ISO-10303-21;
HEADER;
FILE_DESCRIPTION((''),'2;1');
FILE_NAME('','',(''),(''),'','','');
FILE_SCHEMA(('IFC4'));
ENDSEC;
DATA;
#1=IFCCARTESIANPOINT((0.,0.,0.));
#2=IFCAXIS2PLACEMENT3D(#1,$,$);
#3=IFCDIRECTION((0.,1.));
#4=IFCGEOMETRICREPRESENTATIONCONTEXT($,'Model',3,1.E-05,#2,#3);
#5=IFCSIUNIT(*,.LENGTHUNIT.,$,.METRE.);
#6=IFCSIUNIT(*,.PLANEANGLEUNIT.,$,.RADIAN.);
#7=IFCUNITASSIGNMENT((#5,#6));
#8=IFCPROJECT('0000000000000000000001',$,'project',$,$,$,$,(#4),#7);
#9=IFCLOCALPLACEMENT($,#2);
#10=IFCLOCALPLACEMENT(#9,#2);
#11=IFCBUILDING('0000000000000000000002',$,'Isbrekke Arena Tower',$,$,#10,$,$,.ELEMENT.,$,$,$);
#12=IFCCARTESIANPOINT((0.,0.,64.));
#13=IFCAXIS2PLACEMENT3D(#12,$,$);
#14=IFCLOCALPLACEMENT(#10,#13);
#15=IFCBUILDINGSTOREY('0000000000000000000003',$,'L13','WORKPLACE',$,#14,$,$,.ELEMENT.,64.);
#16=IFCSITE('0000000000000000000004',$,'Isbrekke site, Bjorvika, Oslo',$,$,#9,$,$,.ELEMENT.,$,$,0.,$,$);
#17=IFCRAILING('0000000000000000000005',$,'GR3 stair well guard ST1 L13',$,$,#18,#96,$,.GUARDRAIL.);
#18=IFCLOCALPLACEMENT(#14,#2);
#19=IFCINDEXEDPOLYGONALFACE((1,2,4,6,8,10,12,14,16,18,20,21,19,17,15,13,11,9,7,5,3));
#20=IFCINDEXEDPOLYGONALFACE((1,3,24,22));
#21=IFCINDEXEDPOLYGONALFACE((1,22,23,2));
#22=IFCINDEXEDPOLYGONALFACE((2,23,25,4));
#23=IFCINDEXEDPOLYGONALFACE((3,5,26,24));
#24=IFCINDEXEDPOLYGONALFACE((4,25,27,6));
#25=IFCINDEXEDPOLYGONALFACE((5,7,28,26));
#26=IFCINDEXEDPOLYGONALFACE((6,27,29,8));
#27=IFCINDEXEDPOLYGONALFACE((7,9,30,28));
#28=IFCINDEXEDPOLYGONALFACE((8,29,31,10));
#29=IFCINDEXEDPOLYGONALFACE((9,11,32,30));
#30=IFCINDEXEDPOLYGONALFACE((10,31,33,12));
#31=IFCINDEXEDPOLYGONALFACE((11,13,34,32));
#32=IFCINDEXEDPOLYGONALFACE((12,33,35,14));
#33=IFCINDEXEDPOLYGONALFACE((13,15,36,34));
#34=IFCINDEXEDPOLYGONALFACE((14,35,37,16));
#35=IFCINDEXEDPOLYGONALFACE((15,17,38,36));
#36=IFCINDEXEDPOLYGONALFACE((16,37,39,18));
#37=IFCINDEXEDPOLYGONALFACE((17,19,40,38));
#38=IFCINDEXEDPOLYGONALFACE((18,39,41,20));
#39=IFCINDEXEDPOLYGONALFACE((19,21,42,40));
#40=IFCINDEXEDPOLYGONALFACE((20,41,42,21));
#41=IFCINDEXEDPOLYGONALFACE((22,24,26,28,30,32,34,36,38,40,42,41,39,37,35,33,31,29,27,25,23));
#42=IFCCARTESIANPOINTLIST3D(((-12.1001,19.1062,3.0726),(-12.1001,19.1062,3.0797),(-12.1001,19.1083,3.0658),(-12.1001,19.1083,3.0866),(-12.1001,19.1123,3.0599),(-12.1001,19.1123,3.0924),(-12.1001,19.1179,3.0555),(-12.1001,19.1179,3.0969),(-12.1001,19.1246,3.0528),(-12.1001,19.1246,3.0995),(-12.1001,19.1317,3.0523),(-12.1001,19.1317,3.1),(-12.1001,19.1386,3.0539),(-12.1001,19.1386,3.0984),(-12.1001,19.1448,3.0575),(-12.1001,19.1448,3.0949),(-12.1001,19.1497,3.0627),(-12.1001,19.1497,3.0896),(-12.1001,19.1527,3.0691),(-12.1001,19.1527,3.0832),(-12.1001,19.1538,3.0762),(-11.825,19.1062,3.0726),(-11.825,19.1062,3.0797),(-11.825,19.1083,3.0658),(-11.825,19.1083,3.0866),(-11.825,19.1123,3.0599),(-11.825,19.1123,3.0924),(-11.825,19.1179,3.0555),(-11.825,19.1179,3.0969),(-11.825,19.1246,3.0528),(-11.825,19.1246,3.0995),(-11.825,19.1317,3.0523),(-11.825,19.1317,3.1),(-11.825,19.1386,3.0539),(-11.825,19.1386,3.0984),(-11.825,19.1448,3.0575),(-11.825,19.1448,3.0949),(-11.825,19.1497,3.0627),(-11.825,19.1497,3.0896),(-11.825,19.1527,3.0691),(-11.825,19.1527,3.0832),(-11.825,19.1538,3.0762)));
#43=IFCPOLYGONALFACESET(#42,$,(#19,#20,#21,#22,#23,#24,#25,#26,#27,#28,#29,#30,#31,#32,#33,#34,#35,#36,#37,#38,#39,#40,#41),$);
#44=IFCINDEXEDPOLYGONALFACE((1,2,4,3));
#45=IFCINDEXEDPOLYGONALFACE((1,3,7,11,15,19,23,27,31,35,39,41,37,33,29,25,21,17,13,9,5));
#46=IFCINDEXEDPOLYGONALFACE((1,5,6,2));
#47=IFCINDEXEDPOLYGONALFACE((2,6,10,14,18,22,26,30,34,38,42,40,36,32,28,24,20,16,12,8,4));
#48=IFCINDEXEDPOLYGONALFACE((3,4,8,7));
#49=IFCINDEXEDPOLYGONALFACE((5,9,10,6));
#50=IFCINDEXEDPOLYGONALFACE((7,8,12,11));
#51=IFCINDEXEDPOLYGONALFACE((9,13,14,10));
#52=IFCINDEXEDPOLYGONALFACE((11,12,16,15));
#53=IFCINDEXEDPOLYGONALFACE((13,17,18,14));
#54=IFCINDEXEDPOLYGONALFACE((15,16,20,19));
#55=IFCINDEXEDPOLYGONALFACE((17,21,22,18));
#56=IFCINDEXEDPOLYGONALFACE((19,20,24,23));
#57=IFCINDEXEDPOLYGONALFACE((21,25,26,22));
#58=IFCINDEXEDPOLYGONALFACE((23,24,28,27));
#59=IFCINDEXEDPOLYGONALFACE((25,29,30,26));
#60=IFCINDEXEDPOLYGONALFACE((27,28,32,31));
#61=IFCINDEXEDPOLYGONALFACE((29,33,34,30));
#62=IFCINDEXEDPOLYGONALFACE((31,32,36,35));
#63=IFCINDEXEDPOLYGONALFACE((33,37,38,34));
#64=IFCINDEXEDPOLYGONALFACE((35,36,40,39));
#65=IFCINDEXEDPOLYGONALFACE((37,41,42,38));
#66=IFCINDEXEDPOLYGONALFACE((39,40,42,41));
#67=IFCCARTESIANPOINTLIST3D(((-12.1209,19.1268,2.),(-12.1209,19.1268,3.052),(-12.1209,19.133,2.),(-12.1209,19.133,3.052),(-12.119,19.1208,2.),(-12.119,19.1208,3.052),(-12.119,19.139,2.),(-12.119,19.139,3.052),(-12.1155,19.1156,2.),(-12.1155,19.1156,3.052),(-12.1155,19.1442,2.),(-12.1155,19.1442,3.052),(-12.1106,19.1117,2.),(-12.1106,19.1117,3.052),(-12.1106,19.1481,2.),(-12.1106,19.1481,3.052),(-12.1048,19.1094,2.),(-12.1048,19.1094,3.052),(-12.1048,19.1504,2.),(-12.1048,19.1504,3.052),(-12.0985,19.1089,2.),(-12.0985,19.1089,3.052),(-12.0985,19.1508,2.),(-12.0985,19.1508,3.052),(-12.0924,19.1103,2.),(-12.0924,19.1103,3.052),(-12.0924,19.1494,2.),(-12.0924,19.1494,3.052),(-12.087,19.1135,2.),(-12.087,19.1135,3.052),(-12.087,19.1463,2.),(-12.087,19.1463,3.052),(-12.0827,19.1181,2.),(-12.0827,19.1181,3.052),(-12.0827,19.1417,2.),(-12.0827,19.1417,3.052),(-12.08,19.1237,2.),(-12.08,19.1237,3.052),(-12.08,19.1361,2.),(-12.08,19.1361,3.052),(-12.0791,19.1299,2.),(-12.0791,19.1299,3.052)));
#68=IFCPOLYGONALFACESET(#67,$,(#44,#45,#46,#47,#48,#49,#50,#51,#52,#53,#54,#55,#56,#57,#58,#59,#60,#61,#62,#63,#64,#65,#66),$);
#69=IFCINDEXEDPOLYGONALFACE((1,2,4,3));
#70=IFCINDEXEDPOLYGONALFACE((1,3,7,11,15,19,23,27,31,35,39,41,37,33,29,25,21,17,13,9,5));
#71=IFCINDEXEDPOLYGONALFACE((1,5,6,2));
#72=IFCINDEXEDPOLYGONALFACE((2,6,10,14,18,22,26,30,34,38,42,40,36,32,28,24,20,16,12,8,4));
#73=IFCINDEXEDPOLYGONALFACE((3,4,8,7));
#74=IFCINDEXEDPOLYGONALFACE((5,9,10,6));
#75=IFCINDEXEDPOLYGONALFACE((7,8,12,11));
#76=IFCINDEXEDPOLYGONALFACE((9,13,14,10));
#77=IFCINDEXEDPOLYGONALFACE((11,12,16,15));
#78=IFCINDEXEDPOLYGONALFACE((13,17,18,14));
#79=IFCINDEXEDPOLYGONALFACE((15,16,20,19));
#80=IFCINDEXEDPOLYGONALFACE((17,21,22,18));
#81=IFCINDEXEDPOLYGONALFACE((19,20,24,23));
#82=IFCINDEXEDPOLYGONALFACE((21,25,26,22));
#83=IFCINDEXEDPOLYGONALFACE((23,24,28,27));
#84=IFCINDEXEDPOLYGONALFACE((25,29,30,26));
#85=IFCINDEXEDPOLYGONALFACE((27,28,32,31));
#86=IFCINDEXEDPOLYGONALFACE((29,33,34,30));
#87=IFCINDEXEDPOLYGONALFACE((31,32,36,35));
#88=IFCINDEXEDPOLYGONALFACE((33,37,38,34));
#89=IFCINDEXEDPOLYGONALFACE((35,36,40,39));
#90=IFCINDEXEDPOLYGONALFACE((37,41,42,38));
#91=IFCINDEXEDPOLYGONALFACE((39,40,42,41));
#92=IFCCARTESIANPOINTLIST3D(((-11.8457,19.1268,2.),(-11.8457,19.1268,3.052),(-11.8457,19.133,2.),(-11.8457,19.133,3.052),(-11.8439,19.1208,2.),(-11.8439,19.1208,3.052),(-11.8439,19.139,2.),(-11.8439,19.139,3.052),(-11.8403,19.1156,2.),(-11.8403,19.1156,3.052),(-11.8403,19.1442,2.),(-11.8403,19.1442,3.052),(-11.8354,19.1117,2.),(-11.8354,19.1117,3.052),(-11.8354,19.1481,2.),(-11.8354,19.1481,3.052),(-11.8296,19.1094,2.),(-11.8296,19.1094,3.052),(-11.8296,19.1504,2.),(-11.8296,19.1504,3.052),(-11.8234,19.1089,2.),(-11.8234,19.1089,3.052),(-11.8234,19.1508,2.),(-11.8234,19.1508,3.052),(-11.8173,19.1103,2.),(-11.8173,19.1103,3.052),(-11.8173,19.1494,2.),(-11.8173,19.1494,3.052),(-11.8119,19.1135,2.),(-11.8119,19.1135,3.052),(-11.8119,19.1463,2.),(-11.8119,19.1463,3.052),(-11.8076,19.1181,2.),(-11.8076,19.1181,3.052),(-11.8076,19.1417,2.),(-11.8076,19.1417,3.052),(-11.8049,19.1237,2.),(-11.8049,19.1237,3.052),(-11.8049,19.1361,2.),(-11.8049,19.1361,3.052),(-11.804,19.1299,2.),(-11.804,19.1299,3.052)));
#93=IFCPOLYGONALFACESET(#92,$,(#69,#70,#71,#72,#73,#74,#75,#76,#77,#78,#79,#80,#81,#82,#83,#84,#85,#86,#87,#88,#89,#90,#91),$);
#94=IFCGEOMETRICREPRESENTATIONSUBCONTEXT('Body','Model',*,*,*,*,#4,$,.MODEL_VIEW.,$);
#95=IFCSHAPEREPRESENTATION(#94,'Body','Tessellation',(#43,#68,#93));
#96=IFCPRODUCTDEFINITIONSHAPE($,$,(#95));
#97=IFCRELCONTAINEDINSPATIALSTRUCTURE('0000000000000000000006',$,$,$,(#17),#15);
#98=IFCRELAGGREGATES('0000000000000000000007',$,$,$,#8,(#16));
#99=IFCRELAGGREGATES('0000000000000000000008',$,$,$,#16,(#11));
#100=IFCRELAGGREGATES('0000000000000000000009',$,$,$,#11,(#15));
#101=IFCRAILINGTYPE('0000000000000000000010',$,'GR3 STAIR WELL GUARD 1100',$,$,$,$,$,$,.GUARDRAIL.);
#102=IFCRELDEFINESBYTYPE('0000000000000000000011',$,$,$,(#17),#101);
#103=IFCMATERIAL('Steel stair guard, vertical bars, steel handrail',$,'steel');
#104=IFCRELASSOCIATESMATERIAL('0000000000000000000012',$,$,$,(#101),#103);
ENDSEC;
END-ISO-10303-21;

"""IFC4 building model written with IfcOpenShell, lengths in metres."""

from ifc_helpers import new_model, si_unit, direction, frame, origin, origin_2d, place, context, subcontext, project, spatial, circle, extrude, material, type_object, element, save


model = new_model("IFC4")

# Units and contexts
model_context = context("Model", 3, precision=1e-05, world=origin(), true_north=direction((0.0, 1.0)))
body_context = subcontext(model_context, "Body", "Model", "MODEL_VIEW")
ifc_project = project(units=[si_unit("LENGTHUNIT", "METRE"), si_unit("PLANEANGLEUNIT", "RADIAN")], contexts=[model_context])

# Site, building, storey
site_placement = place(None, origin())
site = spatial("IfcSite", under=ifc_project, at=site_placement, Name="Isbrekke site, Bjorvika, Oslo", CompositionType="ELEMENT", RefElevation=0.0)
building_placement = place(site_placement, origin())
building = spatial("IfcBuilding", under=site, at=building_placement, Name="Isbrekke Arena Tower", CompositionType="ELEMENT")
storey_placement = place(building_placement, frame((0.0, 0.0, 64.0)))
storey = spatial("IfcBuildingStorey", under=building, at=storey_placement, Name="L13", Description="WORKPLACE", CompositionType="ELEMENT", Elevation=64.0)

# Railing
ifc_material_1 = material(Name="Steel stair guard, vertical bars, steel handrail", Category="steel")
railing_type = type_object("IfcRailingType", Name="GR3 STAIR WELL GUARD 1100", PredefinedType="GUARDRAIL", material=ifc_material_1)
for number, where, name in (
    (1, (-12.1001, 19.1299, 2.0), "GR3 stair well guard ST1 L13"),
):
    element("IfcRailing", number, at=place(storey_placement, frame(where)), inside=storey, type_object=railing_type, Name=name, PredefinedType="GUARDRAIL", context=body_context, shape_type="SweptSolid", body=[
        extrude(circle(Radius=0.0239, at=origin_2d()), frame((0.0, 0.0, 1.0762), z_axis=(1.0, 0.0, 0.0), x_axis=(0.0, 1.0, 0.0)), (0.0, 0.0, 1.0), 0.2751),
        extrude(circle(Radius=0.021, at=origin_2d()), origin(), (0.0, 0.0, 1.0), 1.052),
        extrude(circle(Radius=0.021, at=origin_2d()), frame((0.2751, 0.0, 0.0)), (0.0, 0.0, 1.0), 1.052),
    ])

save(model, "model.ifc")
